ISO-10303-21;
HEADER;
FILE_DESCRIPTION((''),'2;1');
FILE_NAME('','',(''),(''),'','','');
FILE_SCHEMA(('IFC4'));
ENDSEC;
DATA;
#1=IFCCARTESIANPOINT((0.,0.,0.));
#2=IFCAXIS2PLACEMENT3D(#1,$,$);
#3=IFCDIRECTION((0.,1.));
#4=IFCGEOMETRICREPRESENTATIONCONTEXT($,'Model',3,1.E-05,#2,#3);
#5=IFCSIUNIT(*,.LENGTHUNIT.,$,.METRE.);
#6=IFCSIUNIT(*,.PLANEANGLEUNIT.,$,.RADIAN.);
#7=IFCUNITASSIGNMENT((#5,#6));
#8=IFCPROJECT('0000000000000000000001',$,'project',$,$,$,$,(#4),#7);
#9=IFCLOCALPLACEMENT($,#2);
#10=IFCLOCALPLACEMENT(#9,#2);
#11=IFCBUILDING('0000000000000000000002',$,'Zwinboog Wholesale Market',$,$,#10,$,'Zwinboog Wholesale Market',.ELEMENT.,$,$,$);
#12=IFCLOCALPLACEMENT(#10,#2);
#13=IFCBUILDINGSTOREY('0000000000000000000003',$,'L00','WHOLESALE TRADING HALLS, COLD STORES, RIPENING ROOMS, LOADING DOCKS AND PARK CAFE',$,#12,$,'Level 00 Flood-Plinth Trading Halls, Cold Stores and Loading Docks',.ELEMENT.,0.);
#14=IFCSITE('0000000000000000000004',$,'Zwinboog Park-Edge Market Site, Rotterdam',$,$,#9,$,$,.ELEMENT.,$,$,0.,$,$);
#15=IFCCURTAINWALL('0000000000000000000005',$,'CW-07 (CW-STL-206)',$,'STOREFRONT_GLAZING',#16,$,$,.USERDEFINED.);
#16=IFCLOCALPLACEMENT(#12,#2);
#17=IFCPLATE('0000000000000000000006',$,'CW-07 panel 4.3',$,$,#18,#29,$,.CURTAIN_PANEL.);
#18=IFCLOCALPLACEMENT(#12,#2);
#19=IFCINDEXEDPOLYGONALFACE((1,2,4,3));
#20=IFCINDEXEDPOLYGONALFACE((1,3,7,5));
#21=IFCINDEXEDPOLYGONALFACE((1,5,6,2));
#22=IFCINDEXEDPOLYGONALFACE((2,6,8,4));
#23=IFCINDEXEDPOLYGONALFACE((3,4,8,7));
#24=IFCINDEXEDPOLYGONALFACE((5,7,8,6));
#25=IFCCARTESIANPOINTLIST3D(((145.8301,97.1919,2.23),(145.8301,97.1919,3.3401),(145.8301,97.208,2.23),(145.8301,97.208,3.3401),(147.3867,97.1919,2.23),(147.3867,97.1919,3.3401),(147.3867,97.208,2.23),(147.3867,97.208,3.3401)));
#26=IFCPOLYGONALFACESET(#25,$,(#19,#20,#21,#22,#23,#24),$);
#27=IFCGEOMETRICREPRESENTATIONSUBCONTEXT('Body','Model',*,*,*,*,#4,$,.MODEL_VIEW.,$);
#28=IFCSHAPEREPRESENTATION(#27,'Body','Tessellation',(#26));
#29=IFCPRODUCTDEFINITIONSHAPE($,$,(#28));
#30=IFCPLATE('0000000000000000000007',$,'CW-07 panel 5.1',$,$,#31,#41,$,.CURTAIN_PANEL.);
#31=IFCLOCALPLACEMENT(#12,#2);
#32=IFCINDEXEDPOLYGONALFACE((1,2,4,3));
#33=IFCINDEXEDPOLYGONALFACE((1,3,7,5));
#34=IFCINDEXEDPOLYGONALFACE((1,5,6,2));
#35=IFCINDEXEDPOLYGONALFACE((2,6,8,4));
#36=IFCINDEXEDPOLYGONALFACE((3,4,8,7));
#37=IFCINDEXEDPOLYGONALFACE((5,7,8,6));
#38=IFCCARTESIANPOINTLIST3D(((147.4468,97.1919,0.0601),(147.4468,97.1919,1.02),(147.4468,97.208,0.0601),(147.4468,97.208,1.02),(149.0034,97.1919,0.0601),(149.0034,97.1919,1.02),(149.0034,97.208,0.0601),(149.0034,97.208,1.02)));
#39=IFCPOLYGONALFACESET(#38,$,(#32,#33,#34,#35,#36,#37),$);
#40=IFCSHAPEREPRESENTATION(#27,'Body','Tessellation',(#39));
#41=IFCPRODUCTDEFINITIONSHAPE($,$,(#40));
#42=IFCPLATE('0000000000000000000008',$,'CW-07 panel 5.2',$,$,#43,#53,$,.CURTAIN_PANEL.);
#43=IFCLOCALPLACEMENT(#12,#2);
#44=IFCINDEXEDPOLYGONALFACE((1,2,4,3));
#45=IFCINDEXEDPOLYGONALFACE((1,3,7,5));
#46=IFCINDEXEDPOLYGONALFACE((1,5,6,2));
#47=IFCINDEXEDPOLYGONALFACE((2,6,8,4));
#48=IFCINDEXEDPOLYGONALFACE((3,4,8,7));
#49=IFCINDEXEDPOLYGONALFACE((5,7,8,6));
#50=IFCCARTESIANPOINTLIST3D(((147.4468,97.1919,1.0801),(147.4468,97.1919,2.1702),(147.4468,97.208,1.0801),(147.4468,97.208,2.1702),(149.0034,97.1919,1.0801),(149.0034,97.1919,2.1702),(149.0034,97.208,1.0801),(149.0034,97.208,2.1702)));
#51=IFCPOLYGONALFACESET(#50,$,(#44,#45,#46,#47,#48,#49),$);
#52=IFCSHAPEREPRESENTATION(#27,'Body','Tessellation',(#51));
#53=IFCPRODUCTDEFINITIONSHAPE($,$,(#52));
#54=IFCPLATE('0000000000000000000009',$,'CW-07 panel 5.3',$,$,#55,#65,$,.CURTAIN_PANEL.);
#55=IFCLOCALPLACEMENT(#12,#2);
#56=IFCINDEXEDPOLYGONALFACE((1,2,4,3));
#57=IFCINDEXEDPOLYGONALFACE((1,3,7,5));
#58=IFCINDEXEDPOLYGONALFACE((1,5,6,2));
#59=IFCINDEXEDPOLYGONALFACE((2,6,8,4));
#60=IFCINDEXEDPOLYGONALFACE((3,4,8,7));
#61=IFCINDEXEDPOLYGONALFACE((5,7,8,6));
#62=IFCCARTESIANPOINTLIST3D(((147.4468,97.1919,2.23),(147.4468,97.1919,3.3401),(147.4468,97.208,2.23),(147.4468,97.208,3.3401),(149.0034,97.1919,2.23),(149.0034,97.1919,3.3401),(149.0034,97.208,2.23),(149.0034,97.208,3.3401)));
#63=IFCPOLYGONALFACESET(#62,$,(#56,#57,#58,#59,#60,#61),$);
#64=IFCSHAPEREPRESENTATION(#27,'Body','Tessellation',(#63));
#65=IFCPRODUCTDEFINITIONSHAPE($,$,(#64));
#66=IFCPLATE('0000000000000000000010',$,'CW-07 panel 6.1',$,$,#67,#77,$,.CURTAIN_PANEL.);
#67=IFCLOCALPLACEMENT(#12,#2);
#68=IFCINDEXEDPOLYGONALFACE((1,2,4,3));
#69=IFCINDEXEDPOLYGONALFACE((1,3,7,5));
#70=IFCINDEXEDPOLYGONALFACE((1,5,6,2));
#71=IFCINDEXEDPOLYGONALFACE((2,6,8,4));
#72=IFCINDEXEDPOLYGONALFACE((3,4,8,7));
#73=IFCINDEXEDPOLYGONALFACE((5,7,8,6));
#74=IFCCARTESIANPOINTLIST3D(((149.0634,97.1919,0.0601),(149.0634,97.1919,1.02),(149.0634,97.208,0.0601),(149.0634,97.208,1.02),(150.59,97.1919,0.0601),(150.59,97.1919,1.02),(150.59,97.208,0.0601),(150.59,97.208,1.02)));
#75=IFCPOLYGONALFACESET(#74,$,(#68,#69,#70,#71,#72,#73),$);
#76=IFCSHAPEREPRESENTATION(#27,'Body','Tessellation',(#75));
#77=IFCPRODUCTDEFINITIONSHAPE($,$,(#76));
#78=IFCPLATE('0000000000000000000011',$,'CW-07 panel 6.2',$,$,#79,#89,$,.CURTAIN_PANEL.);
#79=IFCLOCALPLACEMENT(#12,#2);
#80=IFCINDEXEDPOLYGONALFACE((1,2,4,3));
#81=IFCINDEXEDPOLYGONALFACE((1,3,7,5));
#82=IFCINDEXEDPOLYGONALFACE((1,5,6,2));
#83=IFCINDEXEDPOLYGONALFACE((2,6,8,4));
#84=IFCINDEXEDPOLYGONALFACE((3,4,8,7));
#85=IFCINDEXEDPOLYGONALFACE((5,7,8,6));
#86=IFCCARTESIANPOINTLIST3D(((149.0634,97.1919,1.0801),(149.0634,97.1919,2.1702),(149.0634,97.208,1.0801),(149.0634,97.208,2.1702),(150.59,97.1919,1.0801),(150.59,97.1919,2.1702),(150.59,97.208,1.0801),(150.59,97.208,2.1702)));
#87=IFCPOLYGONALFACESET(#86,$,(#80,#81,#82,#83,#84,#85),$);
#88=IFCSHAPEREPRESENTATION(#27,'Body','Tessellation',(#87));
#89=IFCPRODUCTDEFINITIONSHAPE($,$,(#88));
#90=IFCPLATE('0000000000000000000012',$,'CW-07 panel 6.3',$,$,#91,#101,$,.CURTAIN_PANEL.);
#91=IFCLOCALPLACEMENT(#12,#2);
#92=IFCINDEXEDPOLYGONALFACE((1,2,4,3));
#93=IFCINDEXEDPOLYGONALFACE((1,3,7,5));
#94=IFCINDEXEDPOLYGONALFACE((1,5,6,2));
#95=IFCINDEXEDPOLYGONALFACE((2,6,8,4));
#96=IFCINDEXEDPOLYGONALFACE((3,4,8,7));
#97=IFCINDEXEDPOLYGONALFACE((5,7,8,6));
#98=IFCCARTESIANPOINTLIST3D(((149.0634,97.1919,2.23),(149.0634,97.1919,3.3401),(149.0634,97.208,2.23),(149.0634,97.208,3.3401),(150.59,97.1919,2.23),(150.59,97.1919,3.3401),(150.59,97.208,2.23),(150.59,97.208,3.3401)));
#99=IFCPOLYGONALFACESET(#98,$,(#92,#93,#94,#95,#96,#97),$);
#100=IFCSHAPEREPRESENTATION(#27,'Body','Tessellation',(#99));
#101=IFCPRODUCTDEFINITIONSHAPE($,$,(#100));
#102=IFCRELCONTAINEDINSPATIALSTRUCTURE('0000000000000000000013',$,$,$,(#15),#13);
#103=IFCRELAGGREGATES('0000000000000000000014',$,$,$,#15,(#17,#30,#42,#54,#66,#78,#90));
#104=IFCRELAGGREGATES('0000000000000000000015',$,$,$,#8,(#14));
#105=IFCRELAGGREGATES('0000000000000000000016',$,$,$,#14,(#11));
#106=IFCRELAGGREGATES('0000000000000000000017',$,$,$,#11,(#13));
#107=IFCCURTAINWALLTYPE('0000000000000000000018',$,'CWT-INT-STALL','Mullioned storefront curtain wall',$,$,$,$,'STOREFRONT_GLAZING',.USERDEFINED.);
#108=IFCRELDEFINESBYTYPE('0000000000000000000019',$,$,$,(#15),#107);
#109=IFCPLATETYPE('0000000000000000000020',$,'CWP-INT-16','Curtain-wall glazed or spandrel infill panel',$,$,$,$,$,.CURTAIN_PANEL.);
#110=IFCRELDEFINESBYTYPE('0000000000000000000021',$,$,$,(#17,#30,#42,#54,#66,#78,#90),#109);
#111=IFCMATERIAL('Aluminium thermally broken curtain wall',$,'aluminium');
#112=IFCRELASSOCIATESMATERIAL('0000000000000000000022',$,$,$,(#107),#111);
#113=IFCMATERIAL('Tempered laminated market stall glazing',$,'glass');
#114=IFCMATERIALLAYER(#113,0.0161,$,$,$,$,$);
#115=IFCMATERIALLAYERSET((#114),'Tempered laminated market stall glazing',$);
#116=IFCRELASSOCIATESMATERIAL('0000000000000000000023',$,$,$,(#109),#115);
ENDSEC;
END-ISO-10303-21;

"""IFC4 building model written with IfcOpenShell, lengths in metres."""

from ifc_helpers import new_model, si_unit, direction, frame, origin, origin_2d, place, context, subcontext, project, spatial, rectangle, extrude, material, layer, layer_set, type_object, element, aggregate, save


model = new_model("IFC4")

# Units and contexts
model_context = context("Model", 3, precision=1e-05, world=origin(), true_north=direction((0.0, 1.0)))
body_context = subcontext(model_context, "Body", "Model", "MODEL_VIEW")
ifc_project = project(units=[si_unit("LENGTHUNIT", "METRE"), si_unit("PLANEANGLEUNIT", "RADIAN")], contexts=[model_context])

# Site, building, storey
site_placement = place(None, origin())
site = spatial("IfcSite", under=ifc_project, at=site_placement, Name="Zwinboog Park-Edge Market Site, Rotterdam", CompositionType="ELEMENT", RefElevation=0.0)
building_placement = place(site_placement, origin())
building = spatial("IfcBuilding", under=site, at=building_placement, Name="Zwinboog Wholesale Market", LongName="Zwinboog Wholesale Market", CompositionType="ELEMENT")
storey_placement = place(building_placement, origin())
storey = spatial("IfcBuildingStorey", under=building, at=storey_placement, Name="L00", Description="WHOLESALE TRADING HALLS, COLD STORES, RIPENING ROOMS, LOADING DOCKS AND PARK CAFE", LongName="Level 00 Flood-Plinth Trading Halls, Cold Stores and Loading Docks", CompositionType="ELEMENT", Elevation=0.0)

# Curtain wall, plates
ifc_material_1 = material(Name="Aluminium thermally broken curtain wall", Category="aluminium")
curtain_wall_type = type_object("IfcCurtainWallType", Name="CWT-INT-STALL", Description="Mullioned storefront curtain wall", ElementType="STOREFRONT_GLAZING", PredefinedType="USERDEFINED", material=ifc_material_1)
curtain_wall_placement = place(storey_placement, origin())
curtain_wall = element("IfcCurtainWall", 1, at=curtain_wall_placement, inside=storey, type_object=curtain_wall_type, Name="CW-07 (CW-STL-206)", ObjectType="STOREFRONT_GLAZING", PredefinedType="USERDEFINED")
ifc_material_2 = material(Name="Tempered laminated market stall glazing", Category="glass")
ifc_layer = layer(ifc_material_2, 0.0161)
ifc_layer_set = layer_set([ifc_layer], Name="Tempered laminated market stall glazing")
plate_type = type_object("IfcPlateType", Name="CWP-INT-16", Description="Curtain-wall glazed or spandrel infill panel", PredefinedType="CURTAIN_PANEL", material=ifc_layer_set)
plate_1_placement = place(storey_placement, frame((146.6084, 97.2, 2.23), z_axis=(0.0, 0.0, 1.0), x_axis=(1.0, 0.0, 0.0)))
plate_1 = element("IfcPlate", 2, at=plate_1_placement, type_object=plate_type, Name="CW-07 panel 4.3", PredefinedType="CURTAIN_PANEL", context=body_context, shape_type="SweptSolid", body=[
    extrude(rectangle(XDim=1.5566, YDim=0.0161, at=origin_2d()), origin(), (0.0, 0.0, 1.0), 1.1101),
])
plate_2_placement = place(storey_placement, frame((148.2251, 97.2, 0.0601), z_axis=(0.0, 0.0, 1.0), x_axis=(1.0, 0.0, 0.0)))
plate_2 = element("IfcPlate", 3, at=plate_2_placement, type_object=plate_type, Name="CW-07 panel 5.1", PredefinedType="CURTAIN_PANEL", context=body_context, shape_type="SweptSolid", body=[
    extrude(rectangle(XDim=1.5566, YDim=0.0161, at=origin_2d()), origin(), (0.0, 0.0, 1.0), 0.96),
])
plate_3_placement = place(storey_placement, frame((148.2251, 97.2, 1.0801), z_axis=(0.0, 0.0, 1.0), x_axis=(1.0, 0.0, 0.0)))
plate_3 = element("IfcPlate", 4, at=plate_3_placement, type_object=plate_type, Name="CW-07 panel 5.2", PredefinedType="CURTAIN_PANEL", context=body_context, shape_type="SweptSolid", body=[
    extrude(rectangle(XDim=1.5566, YDim=0.0161, at=origin_2d()), origin(), (0.0, 0.0, 1.0), 1.0901),
])
plate_4_placement = place(storey_placement, frame((148.2251, 97.2, 2.23), z_axis=(0.0, 0.0, 1.0), x_axis=(1.0, 0.0, 0.0)))
plate_4 = element("IfcPlate", 5, at=plate_4_placement, type_object=plate_type, Name="CW-07 panel 5.3", PredefinedType="CURTAIN_PANEL", context=body_context, shape_type="SweptSolid", body=[
    extrude(rectangle(XDim=1.5566, YDim=0.0161, at=origin_2d()), origin(), (0.0, 0.0, 1.0), 1.1101),
])
plate_5_placement = place(storey_placement, frame((149.8267, 97.2, 0.0601), z_axis=(0.0, 0.0, 1.0), x_axis=(1.0, 0.0, 0.0)))
plate_5 = element("IfcPlate", 6, at=plate_5_placement, type_object=plate_type, Name="CW-07 panel 6.1", PredefinedType="CURTAIN_PANEL", context=body_context, shape_type="SweptSolid", body=[
    extrude(rectangle(XDim=1.5266, YDim=0.0161, at=origin_2d()), origin(), (0.0, 0.0, 1.0), 0.96),
])
plate_6_placement = place(storey_placement, frame((149.8267, 97.2, 1.0801), z_axis=(0.0, 0.0, 1.0), x_axis=(1.0, 0.0, 0.0)))
plate_6 = element("IfcPlate", 7, at=plate_6_placement, type_object=plate_type, Name="CW-07 panel 6.2", PredefinedType="CURTAIN_PANEL", context=body_context, shape_type="SweptSolid", body=[
    extrude(rectangle(XDim=1.5266, YDim=0.0161, at=origin_2d()), origin(), (0.0, 0.0, 1.0), 1.0901),
])
plate_7_placement = place(storey_placement, frame((149.8267, 97.2, 2.23), z_axis=(0.0, 0.0, 1.0), x_axis=(1.0, 0.0, 0.0)))
plate_7 = element("IfcPlate", 8, at=plate_7_placement, type_object=plate_type, Name="CW-07 panel 6.3", PredefinedType="CURTAIN_PANEL", context=body_context, shape_type="SweptSolid", body=[
    extrude(rectangle(XDim=1.5266, YDim=0.0161, at=origin_2d()), origin(), (0.0, 0.0, 1.0), 1.1101),
])
aggregate(curtain_wall, [plate_1, plate_2, plate_3, plate_4, plate_5, plate_6, plate_7])

save(model, "model.ifc")
